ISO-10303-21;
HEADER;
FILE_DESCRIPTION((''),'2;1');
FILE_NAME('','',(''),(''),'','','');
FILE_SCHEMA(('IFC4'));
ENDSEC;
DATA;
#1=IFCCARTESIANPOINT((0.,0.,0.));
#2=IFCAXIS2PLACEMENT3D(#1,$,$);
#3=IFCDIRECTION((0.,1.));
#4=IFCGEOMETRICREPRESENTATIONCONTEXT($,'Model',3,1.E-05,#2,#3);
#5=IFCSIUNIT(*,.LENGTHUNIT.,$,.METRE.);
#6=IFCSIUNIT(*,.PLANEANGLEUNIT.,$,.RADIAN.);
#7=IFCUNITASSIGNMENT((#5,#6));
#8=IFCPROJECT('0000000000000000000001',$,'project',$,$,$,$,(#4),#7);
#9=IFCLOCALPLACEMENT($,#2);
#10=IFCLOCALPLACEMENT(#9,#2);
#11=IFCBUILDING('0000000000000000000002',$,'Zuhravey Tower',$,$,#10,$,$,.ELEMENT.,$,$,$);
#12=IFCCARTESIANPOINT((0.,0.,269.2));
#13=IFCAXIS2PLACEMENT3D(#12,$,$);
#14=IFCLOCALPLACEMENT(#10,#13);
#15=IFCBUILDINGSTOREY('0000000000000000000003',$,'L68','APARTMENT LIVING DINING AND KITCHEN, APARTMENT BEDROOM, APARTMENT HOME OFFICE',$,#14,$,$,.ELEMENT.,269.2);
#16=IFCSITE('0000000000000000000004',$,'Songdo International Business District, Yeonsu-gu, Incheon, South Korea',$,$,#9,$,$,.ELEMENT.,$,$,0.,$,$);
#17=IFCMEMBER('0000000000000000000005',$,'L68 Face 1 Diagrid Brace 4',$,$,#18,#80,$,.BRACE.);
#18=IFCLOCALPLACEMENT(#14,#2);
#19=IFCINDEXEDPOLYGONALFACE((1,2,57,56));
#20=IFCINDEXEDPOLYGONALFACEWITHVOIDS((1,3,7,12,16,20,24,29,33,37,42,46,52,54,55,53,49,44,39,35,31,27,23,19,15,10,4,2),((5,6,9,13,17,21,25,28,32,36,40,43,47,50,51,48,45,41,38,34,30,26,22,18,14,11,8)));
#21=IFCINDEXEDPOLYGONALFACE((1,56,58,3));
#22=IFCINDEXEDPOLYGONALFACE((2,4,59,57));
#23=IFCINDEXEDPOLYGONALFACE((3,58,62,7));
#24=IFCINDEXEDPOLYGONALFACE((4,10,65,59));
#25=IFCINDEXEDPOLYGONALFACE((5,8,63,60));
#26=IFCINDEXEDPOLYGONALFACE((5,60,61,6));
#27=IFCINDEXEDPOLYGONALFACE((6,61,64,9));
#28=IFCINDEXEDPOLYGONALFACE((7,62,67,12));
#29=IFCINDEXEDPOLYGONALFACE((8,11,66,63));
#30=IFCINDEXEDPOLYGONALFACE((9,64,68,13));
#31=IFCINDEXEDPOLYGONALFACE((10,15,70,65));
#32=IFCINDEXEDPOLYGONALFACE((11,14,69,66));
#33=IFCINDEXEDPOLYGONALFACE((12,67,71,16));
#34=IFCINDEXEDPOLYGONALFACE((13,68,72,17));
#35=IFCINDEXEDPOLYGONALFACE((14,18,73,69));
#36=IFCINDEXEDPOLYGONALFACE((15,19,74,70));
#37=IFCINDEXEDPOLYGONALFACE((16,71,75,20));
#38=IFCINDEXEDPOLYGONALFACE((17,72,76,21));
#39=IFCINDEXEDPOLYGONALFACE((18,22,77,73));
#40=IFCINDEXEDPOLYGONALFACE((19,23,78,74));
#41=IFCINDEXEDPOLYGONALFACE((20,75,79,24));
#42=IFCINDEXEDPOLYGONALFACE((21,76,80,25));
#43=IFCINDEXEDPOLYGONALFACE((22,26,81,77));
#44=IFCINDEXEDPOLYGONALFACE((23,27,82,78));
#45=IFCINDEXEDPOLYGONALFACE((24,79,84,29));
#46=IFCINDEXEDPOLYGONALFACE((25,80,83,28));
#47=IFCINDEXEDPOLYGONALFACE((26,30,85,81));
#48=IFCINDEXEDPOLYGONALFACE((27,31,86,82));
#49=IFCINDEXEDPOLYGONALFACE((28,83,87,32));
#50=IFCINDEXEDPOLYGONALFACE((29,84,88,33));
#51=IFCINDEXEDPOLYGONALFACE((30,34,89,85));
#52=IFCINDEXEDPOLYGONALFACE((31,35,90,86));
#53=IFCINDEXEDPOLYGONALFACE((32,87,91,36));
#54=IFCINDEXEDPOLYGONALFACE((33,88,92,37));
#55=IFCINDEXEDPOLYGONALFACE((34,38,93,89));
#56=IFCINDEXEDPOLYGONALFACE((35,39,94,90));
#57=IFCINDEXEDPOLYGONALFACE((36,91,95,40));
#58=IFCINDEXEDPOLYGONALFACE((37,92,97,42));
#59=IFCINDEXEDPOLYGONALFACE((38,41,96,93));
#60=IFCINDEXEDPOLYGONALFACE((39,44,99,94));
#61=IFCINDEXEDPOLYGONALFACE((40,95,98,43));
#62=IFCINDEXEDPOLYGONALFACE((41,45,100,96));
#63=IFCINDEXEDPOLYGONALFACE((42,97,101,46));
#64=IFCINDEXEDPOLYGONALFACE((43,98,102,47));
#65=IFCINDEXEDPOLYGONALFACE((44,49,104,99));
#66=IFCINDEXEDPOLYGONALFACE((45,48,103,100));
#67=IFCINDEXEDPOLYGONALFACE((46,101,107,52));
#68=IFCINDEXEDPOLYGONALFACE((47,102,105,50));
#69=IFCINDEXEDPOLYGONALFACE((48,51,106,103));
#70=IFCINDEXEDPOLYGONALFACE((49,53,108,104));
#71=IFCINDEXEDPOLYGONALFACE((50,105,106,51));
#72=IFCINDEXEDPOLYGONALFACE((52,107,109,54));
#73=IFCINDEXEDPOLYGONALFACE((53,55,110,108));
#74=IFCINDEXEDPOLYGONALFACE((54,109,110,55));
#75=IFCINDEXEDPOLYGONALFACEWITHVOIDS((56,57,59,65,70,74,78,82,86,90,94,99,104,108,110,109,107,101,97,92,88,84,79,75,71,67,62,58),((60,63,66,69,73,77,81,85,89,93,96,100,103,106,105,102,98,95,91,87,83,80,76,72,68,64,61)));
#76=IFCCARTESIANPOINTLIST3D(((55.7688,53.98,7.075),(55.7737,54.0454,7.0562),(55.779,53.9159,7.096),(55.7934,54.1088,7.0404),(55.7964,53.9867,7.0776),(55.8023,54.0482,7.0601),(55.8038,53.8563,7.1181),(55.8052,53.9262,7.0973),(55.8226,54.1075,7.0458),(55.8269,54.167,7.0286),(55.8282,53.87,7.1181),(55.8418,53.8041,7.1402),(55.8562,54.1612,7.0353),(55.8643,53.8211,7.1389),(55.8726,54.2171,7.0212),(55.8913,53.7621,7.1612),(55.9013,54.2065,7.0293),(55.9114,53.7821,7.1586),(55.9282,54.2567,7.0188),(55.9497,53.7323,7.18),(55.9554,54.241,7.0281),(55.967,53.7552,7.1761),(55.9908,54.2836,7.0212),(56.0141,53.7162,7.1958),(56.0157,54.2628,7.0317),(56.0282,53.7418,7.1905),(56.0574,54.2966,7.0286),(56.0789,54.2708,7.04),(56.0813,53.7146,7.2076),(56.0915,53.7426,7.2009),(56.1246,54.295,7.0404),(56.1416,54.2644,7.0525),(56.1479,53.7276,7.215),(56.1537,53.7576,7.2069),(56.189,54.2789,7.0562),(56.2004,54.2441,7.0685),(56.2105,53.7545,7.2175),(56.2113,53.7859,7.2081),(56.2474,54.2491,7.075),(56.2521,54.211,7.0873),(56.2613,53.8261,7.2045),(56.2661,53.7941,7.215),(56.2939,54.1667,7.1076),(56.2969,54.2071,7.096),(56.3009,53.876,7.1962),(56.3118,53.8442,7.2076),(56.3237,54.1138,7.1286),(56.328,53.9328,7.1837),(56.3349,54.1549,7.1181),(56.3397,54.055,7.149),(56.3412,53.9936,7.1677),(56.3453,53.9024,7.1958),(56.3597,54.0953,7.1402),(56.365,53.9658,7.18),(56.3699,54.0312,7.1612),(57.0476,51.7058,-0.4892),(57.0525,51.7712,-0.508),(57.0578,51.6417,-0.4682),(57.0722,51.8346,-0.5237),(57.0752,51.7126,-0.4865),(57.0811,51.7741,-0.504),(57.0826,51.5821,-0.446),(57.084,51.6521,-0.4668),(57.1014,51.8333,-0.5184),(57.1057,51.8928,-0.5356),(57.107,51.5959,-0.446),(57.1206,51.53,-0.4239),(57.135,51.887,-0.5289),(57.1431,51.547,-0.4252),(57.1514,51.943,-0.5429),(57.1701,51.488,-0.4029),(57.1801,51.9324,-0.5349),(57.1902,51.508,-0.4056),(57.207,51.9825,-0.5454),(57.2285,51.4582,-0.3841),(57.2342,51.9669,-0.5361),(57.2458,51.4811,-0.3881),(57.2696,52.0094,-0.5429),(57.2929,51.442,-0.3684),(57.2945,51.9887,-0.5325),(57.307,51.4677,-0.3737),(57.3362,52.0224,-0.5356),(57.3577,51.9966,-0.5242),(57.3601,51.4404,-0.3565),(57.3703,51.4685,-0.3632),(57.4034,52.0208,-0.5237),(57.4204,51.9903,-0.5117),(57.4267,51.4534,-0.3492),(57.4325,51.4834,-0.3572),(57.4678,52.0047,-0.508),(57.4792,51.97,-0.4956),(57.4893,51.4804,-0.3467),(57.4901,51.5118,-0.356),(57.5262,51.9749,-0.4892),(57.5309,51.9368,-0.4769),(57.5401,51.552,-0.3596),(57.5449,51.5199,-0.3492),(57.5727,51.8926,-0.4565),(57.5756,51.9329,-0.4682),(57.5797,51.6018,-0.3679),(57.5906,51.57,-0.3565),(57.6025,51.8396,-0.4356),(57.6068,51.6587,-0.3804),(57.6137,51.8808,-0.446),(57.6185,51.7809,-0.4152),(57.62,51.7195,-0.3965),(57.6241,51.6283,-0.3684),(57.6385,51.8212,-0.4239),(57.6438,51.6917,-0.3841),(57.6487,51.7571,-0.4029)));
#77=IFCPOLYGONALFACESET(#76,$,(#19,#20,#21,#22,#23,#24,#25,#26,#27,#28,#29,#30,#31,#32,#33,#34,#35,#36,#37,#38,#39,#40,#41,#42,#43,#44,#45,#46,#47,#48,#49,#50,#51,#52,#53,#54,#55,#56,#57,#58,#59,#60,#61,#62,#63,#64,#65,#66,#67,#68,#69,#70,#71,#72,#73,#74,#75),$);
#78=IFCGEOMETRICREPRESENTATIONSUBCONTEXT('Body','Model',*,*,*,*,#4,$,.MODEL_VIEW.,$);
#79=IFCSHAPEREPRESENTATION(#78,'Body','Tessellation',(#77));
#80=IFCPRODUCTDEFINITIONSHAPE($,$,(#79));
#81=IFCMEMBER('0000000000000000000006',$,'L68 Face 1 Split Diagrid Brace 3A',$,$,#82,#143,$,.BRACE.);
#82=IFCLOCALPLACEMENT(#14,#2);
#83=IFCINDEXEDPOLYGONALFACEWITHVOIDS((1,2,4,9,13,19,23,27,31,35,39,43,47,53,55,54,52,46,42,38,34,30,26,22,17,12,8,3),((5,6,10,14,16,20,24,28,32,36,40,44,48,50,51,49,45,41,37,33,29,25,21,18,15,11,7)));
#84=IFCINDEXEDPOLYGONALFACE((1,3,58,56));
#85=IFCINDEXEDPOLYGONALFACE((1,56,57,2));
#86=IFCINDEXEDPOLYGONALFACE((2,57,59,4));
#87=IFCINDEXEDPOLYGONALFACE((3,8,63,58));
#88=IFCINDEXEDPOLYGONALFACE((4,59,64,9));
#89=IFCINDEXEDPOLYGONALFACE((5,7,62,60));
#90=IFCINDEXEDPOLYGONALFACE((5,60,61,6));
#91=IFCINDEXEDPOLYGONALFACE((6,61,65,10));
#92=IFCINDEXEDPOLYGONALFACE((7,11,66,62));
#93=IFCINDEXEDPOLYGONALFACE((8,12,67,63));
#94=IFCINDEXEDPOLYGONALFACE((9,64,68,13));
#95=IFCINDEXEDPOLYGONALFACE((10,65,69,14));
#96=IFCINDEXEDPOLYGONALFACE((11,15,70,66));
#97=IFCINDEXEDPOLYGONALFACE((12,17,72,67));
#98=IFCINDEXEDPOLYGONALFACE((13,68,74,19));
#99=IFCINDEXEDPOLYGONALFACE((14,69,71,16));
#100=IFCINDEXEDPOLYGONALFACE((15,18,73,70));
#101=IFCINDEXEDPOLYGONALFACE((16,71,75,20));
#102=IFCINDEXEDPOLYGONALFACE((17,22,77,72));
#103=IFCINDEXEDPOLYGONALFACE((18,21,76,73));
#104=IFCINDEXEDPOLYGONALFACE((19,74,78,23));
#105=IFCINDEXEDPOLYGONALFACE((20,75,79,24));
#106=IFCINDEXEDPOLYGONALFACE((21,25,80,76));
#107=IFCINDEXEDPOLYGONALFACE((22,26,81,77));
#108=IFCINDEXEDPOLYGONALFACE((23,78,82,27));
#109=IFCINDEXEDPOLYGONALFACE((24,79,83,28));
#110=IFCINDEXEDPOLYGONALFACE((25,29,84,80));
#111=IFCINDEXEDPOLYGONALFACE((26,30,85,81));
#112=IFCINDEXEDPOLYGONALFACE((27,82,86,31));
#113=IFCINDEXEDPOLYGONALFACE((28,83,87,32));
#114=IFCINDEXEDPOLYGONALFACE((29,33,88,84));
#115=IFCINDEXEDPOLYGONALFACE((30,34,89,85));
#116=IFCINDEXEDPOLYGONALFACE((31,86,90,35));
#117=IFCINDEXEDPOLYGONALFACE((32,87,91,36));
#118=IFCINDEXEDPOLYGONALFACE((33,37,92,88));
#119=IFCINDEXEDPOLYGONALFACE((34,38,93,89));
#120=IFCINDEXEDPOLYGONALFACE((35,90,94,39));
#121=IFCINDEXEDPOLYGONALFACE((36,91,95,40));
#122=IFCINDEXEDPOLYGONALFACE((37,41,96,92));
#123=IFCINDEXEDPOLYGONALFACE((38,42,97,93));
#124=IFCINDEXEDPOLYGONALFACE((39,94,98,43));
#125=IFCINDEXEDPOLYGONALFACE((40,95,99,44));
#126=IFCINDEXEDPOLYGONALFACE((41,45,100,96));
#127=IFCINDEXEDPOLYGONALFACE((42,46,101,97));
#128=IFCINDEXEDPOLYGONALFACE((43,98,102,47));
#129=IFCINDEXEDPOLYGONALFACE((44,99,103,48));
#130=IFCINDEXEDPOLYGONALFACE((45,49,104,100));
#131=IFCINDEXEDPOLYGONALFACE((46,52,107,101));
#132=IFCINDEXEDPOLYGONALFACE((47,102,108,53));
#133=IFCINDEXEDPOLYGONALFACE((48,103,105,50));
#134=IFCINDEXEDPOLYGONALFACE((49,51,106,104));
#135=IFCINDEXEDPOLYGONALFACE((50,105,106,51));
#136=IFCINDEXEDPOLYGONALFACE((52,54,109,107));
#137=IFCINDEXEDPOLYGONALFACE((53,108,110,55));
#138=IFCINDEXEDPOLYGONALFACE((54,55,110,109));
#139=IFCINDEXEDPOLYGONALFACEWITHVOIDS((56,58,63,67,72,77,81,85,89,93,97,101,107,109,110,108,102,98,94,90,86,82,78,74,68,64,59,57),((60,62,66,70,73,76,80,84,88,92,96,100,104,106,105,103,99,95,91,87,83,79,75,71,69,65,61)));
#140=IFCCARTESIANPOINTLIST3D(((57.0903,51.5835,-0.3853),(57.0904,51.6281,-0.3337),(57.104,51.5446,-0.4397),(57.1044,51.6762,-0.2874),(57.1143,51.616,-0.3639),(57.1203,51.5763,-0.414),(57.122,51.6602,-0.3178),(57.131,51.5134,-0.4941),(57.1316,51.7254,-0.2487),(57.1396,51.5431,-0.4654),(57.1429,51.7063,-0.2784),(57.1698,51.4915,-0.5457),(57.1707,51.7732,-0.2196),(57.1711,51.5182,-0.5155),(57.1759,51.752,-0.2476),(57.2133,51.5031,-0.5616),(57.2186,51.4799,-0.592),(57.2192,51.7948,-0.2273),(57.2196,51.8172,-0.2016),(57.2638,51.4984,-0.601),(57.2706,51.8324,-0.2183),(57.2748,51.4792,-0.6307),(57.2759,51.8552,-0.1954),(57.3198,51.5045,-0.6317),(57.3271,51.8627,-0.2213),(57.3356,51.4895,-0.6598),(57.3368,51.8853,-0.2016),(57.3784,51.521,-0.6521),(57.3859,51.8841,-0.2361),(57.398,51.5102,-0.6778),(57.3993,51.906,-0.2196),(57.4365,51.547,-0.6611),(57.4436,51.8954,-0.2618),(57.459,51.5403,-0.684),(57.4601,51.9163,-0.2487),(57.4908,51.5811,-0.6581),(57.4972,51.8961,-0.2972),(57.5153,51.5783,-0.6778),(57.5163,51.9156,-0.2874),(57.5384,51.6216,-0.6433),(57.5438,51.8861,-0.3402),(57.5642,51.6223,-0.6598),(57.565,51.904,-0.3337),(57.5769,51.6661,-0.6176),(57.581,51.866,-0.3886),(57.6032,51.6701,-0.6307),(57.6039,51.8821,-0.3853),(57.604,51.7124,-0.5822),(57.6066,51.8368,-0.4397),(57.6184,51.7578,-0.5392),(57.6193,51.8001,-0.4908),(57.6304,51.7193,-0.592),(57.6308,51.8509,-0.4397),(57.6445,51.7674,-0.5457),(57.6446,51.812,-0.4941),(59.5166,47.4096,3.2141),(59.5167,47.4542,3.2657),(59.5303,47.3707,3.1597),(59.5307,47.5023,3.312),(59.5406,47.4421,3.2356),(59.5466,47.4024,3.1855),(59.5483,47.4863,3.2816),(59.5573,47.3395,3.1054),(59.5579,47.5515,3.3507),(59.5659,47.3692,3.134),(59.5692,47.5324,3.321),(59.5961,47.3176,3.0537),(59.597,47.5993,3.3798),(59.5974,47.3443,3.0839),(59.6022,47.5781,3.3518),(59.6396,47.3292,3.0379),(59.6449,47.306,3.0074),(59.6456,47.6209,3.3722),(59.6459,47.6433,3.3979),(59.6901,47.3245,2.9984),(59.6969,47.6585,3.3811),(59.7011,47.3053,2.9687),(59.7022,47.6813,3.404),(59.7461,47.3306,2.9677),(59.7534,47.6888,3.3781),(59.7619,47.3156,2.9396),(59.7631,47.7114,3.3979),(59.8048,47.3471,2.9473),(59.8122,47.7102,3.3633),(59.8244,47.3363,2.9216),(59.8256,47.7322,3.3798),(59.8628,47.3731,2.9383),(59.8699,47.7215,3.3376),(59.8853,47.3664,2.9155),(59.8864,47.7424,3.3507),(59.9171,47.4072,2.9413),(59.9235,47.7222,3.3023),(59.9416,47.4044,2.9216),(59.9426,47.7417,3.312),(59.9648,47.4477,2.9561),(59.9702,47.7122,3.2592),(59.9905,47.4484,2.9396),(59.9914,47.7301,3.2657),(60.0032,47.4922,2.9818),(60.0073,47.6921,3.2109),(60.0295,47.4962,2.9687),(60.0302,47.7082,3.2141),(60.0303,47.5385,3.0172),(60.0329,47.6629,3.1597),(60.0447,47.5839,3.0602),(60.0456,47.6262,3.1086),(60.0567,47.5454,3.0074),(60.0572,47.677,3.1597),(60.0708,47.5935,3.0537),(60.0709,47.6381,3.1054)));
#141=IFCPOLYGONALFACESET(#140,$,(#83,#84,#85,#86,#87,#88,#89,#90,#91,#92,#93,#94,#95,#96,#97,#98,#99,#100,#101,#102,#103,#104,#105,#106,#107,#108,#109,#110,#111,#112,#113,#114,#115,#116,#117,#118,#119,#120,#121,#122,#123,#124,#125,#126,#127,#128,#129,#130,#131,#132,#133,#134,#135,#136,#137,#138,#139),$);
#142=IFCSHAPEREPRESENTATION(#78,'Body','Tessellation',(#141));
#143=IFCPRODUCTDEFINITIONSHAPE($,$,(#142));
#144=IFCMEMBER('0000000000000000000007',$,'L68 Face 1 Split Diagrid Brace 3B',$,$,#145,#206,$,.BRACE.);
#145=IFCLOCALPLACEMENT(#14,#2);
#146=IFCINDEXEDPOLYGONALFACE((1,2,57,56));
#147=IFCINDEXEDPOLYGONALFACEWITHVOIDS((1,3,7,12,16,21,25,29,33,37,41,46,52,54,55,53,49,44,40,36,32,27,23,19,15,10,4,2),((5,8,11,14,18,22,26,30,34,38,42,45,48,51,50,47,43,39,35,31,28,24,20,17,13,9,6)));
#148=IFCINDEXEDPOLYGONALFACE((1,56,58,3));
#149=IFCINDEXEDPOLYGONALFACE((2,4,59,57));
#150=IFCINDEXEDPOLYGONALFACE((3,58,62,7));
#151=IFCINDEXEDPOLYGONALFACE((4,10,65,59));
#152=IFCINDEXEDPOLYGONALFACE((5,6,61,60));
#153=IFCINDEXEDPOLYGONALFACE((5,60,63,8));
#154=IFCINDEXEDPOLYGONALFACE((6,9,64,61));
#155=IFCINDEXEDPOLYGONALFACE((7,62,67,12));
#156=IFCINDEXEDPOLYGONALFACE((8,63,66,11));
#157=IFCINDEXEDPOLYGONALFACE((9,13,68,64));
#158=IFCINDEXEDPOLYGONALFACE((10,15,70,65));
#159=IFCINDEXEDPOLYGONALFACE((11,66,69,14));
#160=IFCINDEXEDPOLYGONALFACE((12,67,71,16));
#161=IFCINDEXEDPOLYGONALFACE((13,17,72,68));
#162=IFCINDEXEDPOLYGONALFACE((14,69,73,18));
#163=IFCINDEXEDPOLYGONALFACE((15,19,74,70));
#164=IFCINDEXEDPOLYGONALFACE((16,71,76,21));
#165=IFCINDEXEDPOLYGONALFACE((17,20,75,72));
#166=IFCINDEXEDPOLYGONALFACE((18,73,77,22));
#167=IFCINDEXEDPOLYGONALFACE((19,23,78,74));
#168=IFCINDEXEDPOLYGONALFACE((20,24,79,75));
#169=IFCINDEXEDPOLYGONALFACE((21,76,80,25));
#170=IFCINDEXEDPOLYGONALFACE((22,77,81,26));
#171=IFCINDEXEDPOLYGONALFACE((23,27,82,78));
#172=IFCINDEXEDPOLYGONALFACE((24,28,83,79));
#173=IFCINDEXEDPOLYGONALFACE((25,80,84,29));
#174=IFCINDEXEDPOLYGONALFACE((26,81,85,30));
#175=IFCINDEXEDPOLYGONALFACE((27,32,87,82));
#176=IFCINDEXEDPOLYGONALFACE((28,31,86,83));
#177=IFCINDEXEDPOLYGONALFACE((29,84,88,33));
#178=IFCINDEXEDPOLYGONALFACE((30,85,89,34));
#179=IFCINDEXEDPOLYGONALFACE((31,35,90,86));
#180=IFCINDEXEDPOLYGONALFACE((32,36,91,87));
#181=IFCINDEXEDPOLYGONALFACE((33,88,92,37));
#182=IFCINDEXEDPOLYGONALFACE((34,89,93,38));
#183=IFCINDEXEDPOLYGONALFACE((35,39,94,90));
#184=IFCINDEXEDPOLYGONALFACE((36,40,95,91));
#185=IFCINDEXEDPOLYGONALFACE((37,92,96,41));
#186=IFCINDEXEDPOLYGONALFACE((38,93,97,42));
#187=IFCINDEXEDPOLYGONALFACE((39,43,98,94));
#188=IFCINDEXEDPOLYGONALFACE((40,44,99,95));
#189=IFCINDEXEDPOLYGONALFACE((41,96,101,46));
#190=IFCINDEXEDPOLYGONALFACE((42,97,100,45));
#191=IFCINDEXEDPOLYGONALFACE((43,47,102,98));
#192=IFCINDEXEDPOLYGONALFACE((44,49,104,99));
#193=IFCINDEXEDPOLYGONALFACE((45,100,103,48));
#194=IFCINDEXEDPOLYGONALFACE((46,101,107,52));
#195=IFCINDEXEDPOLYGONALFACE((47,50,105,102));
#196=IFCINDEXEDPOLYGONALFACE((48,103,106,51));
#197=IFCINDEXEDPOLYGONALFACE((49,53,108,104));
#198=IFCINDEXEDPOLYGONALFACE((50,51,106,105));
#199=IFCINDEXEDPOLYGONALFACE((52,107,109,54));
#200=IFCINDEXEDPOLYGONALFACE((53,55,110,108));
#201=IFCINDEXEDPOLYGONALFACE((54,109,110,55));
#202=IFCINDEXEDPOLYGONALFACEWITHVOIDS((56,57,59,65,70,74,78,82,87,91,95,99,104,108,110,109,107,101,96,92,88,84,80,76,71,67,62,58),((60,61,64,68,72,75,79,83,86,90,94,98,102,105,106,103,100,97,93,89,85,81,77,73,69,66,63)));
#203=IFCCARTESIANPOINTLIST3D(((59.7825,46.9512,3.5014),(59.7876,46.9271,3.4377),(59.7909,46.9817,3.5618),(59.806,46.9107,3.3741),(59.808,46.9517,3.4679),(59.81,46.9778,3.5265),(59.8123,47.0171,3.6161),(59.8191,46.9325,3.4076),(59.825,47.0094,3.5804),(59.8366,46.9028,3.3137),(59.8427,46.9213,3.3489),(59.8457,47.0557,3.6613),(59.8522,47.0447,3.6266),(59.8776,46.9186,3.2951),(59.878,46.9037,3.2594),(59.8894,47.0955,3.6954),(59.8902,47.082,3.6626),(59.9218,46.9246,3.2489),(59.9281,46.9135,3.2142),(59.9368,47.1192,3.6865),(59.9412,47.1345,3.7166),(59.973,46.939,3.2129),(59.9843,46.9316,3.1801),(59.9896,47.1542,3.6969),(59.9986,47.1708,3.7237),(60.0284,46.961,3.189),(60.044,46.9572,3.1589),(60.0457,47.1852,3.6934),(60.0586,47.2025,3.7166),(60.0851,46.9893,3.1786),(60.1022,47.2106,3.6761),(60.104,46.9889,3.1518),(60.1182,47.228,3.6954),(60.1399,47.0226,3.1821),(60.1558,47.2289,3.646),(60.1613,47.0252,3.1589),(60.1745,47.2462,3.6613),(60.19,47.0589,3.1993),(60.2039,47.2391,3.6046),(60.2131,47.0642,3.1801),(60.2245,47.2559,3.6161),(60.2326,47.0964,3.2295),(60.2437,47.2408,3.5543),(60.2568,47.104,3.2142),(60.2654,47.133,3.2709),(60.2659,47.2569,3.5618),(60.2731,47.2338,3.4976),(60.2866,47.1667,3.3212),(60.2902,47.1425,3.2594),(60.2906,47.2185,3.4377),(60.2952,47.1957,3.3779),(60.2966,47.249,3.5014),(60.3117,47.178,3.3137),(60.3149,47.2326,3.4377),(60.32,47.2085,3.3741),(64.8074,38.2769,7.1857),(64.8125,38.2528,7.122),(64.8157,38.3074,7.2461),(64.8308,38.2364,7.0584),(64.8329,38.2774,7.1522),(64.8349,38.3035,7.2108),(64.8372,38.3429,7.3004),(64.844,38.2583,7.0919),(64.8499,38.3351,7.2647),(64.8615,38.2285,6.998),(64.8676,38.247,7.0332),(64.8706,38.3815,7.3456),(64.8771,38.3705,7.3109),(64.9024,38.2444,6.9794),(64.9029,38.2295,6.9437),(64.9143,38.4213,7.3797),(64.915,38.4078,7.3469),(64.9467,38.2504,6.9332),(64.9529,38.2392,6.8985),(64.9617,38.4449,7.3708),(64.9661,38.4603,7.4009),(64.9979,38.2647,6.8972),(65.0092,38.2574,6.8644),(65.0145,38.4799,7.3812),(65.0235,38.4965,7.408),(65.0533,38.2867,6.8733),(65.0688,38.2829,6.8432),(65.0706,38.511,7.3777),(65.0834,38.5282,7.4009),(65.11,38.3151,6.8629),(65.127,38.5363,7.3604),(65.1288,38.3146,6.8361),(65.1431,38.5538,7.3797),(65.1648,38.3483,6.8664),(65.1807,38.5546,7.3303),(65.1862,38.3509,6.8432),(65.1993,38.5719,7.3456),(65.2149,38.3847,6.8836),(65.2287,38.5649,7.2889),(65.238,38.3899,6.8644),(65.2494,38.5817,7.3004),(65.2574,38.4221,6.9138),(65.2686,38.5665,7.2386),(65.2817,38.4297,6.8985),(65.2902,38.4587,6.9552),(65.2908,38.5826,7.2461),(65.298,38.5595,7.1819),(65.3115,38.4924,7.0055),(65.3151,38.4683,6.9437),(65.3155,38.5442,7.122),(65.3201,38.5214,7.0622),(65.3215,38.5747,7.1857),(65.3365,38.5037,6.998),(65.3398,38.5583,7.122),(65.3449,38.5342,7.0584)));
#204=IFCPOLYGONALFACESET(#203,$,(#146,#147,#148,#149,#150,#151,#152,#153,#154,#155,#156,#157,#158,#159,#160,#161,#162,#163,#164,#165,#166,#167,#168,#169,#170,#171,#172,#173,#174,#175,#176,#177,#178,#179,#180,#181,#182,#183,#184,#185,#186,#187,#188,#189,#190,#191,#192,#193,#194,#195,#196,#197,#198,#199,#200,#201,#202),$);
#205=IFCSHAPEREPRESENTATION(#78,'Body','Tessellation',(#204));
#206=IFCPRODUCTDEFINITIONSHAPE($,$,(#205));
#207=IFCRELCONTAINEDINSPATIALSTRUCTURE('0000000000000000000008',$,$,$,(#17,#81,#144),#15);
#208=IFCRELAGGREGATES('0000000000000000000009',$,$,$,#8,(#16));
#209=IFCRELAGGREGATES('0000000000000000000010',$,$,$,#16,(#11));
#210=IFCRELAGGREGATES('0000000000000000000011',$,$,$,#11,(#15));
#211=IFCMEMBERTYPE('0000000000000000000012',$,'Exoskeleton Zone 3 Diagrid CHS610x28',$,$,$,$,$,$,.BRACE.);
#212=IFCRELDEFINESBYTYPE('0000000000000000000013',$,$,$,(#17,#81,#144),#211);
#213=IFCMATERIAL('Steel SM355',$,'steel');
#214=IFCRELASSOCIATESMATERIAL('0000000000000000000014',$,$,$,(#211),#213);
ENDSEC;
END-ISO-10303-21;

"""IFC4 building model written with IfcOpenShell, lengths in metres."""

from ifc_helpers import new_model, si_unit, direction, frame, origin, origin_2d, place, context, subcontext, project, spatial, hollow_circle, extrude, material, material_profile, profile_set, type_object, element, save


model = new_model("IFC4")

# Units and contexts
model_context = context("Model", 3, precision=1e-05, world=origin(), true_north=direction((0.0, 1.0)))
body_context = subcontext(model_context, "Body", "Model", "MODEL_VIEW")
ifc_project = project(units=[si_unit("LENGTHUNIT", "METRE"), si_unit("PLANEANGLEUNIT", "RADIAN")], contexts=[model_context])

# Site, building, storey
site_placement = place(None, origin())
site = spatial("IfcSite", under=ifc_project, at=site_placement, Name="Songdo International Business District, Yeonsu-gu, Incheon, South Korea", CompositionType="ELEMENT", RefElevation=0.0)
building_placement = place(site_placement, origin())
building = spatial("IfcBuilding", under=site, at=building_placement, Name="Zuhravey Tower", CompositionType="ELEMENT")
storey_placement = place(building_placement, frame((0.0, 0.0, 269.2)))
storey = spatial("IfcBuildingStorey", under=building, at=storey_placement, Name="L68", Description="APARTMENT LIVING DINING AND KITCHEN, APARTMENT BEDROOM, APARTMENT HOME OFFICE", CompositionType="ELEMENT", Elevation=269.2)

# Members
ifc_material_1 = material(Name="Steel SM355", Category="steel")
ifc_material_profile_1 = material_profile(ifc_material_1, hollow_circle(Radius=0.3047, WallThickness=0.0281, at=origin_2d()), Name="CHS-609.6x28")
ifc_profile_set_1 = profile_set([ifc_material_profile_1], Name="Steel SM355")
member_type_1 = type_object("IfcMemberType", Name="Exoskeleton Zone 3 Diagrid CHS610x28", PredefinedType="BRACE", material=ifc_profile_set_1)
member_1_placement = place(storey_placement, frame((57.3481, 51.7314, -0.446), z_axis=(-0.159821, 0.284217, 0.945346), x_axis=(-0.871643, -0.490141, 0.0)))
element("IfcMember", 1, at=member_1_placement, inside=storey, type_object=member_type_1, Name="L68 Face 1 Diagrid Brace 4", PredefinedType="BRACE", context=body_context, shape_type="SweptSolid", body=[
    extrude(hollow_circle(Radius=0.3047, WallThickness=0.0281, at=origin_2d()), origin(), (0.0, 0.0, 1.0), 8.0015),
])
member_2_placement = place(storey_placement, frame((57.3674, 51.6978, -0.4397), z_axis=(0.402909, -0.69311, 0.597714), x_axis=(0.864541, 0.502562, 0.0)))
element("IfcMember", 2, at=member_2_placement, inside=storey, type_object=member_type_1, Name="L68 Face 1 Split Diagrid Brace 3A", PredefinedType="BRACE", context=body_context, shape_type="SweptSolid", body=[
    extrude(hollow_circle(Radius=0.3047, WallThickness=0.0281, at=origin_2d()), origin(), (0.0, 0.0, 1.0), 6.022),
])
member_3_placement = place(storey_placement, frame((60.0513, 47.0798, 3.4377), z_axis=(0.470486, -0.812183, 0.344966), x_axis=(0.8653, 0.501255, 0.0)))
element("IfcMember", 3, at=member_3_placement, inside=storey, type_object=member_type_1, Name="L68 Face 1 Split Diagrid Brace 3B", PredefinedType="BRACE", context=body_context, shape_type="SweptSolid", body=[
    extrude(hollow_circle(Radius=0.3047, WallThickness=0.0281, at=origin_2d()), origin(), (0.0, 0.0, 1.0), 10.6802),
])

save(model, "model.ifc")
